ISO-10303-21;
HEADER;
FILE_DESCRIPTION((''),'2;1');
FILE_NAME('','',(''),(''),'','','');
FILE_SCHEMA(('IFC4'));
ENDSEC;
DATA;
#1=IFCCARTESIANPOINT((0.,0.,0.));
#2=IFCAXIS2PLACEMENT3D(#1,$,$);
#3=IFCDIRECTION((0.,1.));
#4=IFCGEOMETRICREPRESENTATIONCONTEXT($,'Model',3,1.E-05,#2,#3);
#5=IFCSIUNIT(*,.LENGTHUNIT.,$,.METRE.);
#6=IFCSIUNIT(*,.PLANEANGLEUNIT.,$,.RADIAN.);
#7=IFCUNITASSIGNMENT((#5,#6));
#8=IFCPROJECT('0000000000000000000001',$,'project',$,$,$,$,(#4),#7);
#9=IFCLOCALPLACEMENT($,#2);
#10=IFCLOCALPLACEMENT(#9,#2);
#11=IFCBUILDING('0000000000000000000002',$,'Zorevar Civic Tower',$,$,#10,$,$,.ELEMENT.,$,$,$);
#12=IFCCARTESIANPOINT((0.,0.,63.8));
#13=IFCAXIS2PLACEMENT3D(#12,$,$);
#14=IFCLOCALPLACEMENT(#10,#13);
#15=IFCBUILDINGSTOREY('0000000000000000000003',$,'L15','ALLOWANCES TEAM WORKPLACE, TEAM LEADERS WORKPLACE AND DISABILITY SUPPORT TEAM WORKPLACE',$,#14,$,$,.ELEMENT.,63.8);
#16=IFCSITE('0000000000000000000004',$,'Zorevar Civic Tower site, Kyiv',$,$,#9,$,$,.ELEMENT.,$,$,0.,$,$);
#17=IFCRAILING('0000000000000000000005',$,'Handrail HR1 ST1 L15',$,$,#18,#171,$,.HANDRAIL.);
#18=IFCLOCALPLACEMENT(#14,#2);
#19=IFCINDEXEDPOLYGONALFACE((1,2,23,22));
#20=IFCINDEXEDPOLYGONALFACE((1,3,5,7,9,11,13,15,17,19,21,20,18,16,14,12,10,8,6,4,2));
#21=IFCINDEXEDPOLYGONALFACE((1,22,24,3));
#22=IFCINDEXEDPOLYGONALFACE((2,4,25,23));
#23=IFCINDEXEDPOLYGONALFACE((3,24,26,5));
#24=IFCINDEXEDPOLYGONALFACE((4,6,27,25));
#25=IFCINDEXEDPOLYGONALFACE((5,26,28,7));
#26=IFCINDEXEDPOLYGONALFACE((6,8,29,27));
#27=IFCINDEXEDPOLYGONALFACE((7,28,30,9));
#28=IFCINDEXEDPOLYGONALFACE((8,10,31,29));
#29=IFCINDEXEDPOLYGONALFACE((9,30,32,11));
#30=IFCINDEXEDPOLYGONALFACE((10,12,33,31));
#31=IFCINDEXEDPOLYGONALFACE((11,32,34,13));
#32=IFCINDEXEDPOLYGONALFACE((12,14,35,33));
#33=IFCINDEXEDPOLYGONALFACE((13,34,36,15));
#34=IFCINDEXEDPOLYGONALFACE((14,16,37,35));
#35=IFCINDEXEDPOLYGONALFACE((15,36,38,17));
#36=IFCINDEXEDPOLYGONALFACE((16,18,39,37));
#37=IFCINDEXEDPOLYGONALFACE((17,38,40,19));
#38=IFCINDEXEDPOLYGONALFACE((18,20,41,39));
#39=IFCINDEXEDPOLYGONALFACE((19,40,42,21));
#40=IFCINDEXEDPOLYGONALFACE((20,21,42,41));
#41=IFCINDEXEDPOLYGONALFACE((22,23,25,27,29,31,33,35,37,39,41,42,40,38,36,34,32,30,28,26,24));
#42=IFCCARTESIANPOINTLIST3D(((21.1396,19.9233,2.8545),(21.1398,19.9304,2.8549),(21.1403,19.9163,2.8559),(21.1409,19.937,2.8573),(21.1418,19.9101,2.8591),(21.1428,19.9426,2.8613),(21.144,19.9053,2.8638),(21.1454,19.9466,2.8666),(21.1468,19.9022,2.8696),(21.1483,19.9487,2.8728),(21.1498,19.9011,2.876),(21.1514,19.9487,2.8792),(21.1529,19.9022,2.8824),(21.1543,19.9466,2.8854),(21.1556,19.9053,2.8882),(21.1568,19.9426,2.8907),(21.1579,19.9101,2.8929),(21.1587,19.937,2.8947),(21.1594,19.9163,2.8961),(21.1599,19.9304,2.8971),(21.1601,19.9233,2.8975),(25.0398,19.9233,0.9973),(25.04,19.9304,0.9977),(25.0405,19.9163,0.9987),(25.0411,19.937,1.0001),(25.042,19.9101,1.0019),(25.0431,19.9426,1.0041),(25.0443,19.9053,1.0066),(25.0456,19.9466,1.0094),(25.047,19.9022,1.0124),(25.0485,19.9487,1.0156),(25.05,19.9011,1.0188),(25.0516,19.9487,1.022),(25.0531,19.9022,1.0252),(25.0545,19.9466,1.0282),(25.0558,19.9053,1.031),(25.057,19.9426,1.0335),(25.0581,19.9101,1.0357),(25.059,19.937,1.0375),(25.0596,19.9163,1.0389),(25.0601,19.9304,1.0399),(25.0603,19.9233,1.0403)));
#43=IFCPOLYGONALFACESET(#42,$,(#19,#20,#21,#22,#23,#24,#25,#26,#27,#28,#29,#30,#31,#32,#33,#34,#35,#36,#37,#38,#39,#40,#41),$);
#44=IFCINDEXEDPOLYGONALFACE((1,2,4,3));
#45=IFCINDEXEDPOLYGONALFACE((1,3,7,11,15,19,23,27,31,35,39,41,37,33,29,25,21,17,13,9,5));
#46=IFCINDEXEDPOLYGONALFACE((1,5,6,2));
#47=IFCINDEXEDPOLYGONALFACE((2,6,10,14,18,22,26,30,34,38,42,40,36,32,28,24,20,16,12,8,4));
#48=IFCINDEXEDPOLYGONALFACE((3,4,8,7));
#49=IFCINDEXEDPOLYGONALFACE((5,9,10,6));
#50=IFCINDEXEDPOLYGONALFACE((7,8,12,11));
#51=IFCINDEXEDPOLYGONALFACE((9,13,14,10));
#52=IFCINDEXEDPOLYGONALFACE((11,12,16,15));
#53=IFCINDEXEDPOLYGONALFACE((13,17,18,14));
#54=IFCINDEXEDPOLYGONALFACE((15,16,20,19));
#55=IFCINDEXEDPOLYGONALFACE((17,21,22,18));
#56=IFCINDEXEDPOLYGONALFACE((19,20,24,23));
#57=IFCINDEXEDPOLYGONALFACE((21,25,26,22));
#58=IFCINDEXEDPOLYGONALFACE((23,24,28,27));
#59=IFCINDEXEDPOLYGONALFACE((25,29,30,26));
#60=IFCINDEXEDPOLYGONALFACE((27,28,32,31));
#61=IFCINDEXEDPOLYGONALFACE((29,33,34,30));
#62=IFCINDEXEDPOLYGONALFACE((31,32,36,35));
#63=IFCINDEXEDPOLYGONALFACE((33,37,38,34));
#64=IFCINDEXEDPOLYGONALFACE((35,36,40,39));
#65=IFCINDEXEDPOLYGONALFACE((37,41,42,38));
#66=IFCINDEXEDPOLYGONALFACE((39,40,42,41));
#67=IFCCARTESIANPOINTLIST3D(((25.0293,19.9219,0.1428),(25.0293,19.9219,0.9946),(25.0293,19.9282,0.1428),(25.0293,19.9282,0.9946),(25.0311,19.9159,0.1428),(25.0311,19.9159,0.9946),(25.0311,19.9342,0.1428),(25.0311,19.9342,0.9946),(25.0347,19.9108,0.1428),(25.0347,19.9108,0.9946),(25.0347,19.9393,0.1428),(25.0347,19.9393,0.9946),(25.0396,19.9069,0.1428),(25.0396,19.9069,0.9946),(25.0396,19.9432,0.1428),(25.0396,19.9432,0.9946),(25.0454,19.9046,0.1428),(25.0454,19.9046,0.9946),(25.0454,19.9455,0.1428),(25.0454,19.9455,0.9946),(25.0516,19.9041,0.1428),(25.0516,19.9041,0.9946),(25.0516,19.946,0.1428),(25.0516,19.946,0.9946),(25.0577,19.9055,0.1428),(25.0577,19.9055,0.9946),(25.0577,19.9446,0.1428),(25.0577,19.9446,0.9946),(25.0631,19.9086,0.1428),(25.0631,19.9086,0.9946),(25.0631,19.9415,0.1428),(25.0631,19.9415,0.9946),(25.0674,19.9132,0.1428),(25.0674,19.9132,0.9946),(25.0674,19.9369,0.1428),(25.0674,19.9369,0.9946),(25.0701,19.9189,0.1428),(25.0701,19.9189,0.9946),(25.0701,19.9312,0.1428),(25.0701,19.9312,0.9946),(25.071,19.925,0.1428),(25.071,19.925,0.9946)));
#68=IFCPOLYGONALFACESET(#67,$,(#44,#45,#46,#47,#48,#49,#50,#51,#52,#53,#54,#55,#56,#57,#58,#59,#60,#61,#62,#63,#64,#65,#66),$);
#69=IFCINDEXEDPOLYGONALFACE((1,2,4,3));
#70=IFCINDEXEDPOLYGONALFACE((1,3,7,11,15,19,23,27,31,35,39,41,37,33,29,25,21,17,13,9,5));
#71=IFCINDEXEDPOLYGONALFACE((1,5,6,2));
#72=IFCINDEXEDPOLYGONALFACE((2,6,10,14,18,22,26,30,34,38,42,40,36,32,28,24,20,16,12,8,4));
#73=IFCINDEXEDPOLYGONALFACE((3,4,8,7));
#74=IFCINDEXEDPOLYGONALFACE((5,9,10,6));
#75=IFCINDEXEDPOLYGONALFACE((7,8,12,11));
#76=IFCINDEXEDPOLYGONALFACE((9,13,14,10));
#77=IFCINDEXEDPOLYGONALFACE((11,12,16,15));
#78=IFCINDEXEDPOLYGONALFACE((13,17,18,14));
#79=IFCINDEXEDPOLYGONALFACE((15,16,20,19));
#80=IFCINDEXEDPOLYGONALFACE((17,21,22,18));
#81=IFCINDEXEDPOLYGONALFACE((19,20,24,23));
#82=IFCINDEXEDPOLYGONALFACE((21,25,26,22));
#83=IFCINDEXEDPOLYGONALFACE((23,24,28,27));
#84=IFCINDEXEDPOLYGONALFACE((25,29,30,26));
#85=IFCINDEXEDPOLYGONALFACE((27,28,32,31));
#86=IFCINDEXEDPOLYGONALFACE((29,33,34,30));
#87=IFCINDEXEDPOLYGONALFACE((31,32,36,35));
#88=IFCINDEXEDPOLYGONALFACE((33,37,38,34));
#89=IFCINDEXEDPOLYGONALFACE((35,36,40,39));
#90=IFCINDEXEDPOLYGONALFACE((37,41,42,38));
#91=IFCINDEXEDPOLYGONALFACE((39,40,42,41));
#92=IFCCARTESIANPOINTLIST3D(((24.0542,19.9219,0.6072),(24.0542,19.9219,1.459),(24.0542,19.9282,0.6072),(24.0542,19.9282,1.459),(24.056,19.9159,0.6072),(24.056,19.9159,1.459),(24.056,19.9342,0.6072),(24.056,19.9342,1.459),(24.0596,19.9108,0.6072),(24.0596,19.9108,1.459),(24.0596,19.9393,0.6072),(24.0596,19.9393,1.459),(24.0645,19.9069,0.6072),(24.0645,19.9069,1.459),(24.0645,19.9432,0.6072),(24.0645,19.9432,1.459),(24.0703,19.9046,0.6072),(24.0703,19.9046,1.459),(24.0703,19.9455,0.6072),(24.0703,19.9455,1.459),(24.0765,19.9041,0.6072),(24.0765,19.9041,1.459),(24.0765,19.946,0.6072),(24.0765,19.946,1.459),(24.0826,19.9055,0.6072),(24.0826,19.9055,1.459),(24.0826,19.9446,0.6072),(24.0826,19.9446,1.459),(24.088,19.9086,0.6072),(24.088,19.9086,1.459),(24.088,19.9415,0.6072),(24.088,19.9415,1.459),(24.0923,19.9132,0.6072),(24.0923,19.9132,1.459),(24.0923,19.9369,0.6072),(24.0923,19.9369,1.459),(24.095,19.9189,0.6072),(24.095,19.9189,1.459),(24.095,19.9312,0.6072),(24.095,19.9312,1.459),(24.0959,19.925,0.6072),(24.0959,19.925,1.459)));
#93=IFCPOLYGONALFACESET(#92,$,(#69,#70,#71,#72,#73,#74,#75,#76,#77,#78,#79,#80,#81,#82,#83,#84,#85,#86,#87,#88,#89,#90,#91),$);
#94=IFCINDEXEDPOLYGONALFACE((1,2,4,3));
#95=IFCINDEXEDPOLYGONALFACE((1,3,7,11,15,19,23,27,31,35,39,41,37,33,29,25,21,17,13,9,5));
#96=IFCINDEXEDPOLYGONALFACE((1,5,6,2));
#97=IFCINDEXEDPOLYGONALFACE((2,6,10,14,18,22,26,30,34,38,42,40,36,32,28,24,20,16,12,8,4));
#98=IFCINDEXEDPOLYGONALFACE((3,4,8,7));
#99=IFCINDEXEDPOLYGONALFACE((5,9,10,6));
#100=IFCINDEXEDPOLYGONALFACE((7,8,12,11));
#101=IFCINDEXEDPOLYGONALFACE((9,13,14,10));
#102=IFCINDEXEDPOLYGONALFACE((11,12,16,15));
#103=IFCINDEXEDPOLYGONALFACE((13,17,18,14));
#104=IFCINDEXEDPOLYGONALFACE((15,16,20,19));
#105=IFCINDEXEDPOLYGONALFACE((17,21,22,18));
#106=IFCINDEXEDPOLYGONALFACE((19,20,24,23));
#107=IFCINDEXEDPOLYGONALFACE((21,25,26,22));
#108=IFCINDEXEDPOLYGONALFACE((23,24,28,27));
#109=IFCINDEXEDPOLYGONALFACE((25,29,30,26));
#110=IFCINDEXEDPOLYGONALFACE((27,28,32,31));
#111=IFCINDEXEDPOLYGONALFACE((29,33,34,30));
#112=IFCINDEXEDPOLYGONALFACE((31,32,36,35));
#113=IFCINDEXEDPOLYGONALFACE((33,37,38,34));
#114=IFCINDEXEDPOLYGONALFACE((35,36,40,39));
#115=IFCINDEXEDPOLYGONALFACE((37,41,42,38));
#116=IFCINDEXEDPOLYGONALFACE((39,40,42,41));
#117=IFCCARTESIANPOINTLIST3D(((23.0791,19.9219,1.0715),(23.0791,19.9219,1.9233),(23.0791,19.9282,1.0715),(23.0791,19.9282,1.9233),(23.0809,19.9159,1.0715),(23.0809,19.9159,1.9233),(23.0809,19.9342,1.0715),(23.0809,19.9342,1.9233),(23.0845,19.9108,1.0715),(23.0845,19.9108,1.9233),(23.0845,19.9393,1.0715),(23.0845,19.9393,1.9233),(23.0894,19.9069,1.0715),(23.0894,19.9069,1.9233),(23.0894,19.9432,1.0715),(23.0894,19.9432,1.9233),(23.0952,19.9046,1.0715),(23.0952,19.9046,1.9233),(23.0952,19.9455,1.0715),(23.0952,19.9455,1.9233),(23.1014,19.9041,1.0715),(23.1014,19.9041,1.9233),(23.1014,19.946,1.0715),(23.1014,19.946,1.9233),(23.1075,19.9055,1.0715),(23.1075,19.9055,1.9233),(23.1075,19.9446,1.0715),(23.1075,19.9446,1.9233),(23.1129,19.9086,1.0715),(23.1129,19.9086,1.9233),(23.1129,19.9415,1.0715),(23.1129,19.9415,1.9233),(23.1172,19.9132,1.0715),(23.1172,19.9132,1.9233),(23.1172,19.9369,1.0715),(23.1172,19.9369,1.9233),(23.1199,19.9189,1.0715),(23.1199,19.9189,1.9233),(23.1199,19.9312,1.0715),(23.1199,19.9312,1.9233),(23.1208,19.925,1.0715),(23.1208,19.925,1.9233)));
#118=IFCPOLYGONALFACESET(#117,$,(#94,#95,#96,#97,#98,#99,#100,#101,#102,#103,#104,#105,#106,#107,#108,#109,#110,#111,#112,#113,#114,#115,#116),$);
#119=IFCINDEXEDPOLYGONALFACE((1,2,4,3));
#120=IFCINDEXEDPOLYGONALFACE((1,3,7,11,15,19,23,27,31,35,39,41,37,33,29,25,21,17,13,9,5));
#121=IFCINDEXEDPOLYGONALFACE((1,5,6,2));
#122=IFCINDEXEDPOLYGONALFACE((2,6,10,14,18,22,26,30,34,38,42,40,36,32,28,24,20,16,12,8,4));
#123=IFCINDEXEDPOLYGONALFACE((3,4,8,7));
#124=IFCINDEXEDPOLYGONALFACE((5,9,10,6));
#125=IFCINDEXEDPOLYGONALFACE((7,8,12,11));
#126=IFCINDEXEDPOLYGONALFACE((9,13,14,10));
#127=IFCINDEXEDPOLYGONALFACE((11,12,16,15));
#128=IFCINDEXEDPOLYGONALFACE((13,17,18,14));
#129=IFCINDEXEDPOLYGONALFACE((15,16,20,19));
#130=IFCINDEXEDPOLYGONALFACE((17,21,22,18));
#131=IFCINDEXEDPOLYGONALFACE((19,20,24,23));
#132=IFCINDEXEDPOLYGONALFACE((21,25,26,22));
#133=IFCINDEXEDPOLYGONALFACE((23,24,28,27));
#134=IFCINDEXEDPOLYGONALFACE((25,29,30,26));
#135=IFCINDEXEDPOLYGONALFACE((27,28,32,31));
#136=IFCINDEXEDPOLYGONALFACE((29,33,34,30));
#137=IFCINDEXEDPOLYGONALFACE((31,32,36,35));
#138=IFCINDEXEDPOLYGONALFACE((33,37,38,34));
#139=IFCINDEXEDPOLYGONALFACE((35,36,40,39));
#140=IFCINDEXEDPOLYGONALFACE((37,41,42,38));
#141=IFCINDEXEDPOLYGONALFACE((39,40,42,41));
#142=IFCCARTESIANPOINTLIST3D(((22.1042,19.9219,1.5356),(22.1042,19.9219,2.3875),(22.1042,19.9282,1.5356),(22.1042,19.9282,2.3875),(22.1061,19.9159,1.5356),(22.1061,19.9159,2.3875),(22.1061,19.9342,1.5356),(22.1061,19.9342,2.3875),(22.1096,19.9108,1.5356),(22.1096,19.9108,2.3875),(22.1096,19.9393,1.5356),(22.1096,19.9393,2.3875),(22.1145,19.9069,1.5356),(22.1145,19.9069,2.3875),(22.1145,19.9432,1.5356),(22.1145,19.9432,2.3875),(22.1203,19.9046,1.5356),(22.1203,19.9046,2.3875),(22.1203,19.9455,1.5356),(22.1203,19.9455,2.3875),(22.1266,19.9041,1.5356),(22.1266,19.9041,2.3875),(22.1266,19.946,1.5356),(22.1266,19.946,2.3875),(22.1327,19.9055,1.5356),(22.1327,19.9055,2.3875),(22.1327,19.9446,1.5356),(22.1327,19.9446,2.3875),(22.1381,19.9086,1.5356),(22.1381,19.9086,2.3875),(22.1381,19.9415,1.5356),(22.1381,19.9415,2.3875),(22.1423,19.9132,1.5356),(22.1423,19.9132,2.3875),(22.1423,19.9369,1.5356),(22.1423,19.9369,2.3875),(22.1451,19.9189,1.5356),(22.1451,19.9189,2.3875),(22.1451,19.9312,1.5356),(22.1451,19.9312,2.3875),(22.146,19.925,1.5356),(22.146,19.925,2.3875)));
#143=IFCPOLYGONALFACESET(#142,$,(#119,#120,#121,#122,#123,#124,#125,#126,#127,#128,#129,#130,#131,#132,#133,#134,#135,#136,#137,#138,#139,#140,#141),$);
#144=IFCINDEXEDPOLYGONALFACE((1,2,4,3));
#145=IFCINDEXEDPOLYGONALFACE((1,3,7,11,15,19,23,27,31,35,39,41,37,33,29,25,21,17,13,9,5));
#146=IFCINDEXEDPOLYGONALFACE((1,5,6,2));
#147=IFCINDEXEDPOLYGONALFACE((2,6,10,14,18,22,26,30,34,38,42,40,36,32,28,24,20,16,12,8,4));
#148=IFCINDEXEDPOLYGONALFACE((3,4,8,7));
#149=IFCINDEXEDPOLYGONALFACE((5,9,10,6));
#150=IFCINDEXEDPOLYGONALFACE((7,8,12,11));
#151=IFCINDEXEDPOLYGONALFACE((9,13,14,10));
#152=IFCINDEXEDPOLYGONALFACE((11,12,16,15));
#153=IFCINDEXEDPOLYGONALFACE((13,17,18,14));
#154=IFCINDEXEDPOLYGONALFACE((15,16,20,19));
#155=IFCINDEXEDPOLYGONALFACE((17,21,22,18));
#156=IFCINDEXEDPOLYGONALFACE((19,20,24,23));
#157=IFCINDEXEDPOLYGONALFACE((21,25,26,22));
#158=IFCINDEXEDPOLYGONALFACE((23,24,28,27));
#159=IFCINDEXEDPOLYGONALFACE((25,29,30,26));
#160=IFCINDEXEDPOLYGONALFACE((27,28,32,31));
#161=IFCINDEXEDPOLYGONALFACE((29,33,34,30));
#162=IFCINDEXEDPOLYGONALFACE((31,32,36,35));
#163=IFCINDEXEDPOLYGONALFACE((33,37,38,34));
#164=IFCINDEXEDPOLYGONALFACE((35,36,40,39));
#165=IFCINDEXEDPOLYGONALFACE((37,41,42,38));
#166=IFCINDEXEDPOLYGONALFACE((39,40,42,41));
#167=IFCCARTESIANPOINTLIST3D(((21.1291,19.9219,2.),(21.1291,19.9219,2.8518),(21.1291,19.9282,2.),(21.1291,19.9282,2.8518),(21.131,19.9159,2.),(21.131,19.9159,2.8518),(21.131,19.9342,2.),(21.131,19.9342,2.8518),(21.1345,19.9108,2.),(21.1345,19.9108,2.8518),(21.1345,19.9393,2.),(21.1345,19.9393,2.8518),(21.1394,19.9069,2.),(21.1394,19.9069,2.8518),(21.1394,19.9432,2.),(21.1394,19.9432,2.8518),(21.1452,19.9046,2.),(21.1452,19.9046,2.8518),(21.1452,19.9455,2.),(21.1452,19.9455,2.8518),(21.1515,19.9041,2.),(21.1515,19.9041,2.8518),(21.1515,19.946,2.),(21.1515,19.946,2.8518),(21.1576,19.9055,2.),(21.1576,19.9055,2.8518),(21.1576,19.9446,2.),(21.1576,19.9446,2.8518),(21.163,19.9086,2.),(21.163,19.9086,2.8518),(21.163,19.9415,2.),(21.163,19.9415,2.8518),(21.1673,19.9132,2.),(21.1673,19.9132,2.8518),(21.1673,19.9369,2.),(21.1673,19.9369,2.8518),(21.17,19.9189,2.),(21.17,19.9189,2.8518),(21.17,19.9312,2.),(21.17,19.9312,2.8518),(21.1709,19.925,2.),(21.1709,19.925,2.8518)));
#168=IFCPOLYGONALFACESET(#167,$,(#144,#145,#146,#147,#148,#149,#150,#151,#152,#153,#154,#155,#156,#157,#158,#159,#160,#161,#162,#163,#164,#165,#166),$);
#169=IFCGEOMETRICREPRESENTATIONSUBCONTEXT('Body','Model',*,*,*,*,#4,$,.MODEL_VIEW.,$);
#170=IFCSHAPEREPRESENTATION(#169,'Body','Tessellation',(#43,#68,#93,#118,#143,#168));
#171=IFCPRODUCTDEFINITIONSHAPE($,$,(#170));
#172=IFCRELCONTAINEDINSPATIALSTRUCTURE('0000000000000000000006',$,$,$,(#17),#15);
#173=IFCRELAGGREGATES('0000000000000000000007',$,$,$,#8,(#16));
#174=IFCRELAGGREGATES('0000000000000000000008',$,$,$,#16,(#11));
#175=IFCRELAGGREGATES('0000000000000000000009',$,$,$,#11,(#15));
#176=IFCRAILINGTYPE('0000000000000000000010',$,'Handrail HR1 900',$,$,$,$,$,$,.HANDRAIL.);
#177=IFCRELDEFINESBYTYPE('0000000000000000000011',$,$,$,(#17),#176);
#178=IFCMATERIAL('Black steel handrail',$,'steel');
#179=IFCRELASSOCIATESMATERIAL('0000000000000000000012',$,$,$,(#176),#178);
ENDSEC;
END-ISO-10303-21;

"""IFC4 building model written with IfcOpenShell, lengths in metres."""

from ifc_helpers import new_model, si_unit, direction, frame, origin, origin_2d, place, context, subcontext, project, spatial, circle, extrude, material, type_object, element, save


model = new_model("IFC4")

# Units and contexts
model_context = context("Model", 3, precision=1e-05, world=origin(), true_north=direction((0.0, 1.0)))
body_context = subcontext(model_context, "Body", "Model", "MODEL_VIEW")
ifc_project = project(units=[si_unit("LENGTHUNIT", "METRE"), si_unit("PLANEANGLEUNIT", "RADIAN")], contexts=[model_context])

# Site, building, storey
site_placement = place(None, origin())
site = spatial("IfcSite", under=ifc_project, at=site_placement, Name="Zorevar Civic Tower site, Kyiv", CompositionType="ELEMENT", RefElevation=0.0)
building_placement = place(site_placement, origin())
building = spatial("IfcBuilding", under=site, at=building_placement, Name="Zorevar Civic Tower", CompositionType="ELEMENT")
storey_placement = place(building_placement, frame((0.0, 0.0, 63.8)))
storey = spatial("IfcBuildingStorey", under=building, at=storey_placement, Name="L15", Description="ALLOWANCES TEAM WORKPLACE, TEAM LEADERS WORKPLACE AND DISABILITY SUPPORT TEAM WORKPLACE", CompositionType="ELEMENT", Elevation=63.8)

# Railing
ifc_material_1 = material(Name="Black steel handrail", Category="steel")
railing_type = type_object("IfcRailingType", Name="Handrail HR1 900", PredefinedType="HANDRAIL", material=ifc_material_1)
railing_1_placement = place(storey_placement, frame((25.05, 19.925, 0.1428)))
element("IfcRailing", 1, at=railing_1_placement, inside=storey, type_object=railing_type, Name="Handrail HR1 ST1 L15", PredefinedType="HANDRAIL", context=body_context, shape_type="SweptSolid", body=[
    extrude(circle(Radius=0.0239, at=origin_2d()), frame((0.0, 0.0, 0.876), z_axis=(-0.902864, 0.0, 0.429927), x_axis=(0.0, -1.0, 0.0)), (0.0, 0.0, 1.0), 4.3198),
    extrude(circle(Radius=0.021, at=origin_2d()), origin(), (0.0, 0.0, 1.0), 0.8518),
    extrude(circle(Radius=0.021, at=origin_2d()), frame((-0.9751, 0.0, 0.4644)), (0.0, 0.0, 1.0), 0.8518),
    extrude(circle(Radius=0.021, at=origin_2d()), frame((-1.9502, 0.0, 0.9287)), (0.0, 0.0, 1.0), 0.8518),
    extrude(circle(Radius=0.021, at=origin_2d()), frame((-2.925, 0.0, 1.3928)), (0.0, 0.0, 1.0), 0.8518),
    extrude(circle(Radius=0.021, at=origin_2d()), frame((-3.9001, 0.0, 1.8572)), (0.0, 0.0, 1.0), 0.8518),
])

save(model, "model.ifc")
